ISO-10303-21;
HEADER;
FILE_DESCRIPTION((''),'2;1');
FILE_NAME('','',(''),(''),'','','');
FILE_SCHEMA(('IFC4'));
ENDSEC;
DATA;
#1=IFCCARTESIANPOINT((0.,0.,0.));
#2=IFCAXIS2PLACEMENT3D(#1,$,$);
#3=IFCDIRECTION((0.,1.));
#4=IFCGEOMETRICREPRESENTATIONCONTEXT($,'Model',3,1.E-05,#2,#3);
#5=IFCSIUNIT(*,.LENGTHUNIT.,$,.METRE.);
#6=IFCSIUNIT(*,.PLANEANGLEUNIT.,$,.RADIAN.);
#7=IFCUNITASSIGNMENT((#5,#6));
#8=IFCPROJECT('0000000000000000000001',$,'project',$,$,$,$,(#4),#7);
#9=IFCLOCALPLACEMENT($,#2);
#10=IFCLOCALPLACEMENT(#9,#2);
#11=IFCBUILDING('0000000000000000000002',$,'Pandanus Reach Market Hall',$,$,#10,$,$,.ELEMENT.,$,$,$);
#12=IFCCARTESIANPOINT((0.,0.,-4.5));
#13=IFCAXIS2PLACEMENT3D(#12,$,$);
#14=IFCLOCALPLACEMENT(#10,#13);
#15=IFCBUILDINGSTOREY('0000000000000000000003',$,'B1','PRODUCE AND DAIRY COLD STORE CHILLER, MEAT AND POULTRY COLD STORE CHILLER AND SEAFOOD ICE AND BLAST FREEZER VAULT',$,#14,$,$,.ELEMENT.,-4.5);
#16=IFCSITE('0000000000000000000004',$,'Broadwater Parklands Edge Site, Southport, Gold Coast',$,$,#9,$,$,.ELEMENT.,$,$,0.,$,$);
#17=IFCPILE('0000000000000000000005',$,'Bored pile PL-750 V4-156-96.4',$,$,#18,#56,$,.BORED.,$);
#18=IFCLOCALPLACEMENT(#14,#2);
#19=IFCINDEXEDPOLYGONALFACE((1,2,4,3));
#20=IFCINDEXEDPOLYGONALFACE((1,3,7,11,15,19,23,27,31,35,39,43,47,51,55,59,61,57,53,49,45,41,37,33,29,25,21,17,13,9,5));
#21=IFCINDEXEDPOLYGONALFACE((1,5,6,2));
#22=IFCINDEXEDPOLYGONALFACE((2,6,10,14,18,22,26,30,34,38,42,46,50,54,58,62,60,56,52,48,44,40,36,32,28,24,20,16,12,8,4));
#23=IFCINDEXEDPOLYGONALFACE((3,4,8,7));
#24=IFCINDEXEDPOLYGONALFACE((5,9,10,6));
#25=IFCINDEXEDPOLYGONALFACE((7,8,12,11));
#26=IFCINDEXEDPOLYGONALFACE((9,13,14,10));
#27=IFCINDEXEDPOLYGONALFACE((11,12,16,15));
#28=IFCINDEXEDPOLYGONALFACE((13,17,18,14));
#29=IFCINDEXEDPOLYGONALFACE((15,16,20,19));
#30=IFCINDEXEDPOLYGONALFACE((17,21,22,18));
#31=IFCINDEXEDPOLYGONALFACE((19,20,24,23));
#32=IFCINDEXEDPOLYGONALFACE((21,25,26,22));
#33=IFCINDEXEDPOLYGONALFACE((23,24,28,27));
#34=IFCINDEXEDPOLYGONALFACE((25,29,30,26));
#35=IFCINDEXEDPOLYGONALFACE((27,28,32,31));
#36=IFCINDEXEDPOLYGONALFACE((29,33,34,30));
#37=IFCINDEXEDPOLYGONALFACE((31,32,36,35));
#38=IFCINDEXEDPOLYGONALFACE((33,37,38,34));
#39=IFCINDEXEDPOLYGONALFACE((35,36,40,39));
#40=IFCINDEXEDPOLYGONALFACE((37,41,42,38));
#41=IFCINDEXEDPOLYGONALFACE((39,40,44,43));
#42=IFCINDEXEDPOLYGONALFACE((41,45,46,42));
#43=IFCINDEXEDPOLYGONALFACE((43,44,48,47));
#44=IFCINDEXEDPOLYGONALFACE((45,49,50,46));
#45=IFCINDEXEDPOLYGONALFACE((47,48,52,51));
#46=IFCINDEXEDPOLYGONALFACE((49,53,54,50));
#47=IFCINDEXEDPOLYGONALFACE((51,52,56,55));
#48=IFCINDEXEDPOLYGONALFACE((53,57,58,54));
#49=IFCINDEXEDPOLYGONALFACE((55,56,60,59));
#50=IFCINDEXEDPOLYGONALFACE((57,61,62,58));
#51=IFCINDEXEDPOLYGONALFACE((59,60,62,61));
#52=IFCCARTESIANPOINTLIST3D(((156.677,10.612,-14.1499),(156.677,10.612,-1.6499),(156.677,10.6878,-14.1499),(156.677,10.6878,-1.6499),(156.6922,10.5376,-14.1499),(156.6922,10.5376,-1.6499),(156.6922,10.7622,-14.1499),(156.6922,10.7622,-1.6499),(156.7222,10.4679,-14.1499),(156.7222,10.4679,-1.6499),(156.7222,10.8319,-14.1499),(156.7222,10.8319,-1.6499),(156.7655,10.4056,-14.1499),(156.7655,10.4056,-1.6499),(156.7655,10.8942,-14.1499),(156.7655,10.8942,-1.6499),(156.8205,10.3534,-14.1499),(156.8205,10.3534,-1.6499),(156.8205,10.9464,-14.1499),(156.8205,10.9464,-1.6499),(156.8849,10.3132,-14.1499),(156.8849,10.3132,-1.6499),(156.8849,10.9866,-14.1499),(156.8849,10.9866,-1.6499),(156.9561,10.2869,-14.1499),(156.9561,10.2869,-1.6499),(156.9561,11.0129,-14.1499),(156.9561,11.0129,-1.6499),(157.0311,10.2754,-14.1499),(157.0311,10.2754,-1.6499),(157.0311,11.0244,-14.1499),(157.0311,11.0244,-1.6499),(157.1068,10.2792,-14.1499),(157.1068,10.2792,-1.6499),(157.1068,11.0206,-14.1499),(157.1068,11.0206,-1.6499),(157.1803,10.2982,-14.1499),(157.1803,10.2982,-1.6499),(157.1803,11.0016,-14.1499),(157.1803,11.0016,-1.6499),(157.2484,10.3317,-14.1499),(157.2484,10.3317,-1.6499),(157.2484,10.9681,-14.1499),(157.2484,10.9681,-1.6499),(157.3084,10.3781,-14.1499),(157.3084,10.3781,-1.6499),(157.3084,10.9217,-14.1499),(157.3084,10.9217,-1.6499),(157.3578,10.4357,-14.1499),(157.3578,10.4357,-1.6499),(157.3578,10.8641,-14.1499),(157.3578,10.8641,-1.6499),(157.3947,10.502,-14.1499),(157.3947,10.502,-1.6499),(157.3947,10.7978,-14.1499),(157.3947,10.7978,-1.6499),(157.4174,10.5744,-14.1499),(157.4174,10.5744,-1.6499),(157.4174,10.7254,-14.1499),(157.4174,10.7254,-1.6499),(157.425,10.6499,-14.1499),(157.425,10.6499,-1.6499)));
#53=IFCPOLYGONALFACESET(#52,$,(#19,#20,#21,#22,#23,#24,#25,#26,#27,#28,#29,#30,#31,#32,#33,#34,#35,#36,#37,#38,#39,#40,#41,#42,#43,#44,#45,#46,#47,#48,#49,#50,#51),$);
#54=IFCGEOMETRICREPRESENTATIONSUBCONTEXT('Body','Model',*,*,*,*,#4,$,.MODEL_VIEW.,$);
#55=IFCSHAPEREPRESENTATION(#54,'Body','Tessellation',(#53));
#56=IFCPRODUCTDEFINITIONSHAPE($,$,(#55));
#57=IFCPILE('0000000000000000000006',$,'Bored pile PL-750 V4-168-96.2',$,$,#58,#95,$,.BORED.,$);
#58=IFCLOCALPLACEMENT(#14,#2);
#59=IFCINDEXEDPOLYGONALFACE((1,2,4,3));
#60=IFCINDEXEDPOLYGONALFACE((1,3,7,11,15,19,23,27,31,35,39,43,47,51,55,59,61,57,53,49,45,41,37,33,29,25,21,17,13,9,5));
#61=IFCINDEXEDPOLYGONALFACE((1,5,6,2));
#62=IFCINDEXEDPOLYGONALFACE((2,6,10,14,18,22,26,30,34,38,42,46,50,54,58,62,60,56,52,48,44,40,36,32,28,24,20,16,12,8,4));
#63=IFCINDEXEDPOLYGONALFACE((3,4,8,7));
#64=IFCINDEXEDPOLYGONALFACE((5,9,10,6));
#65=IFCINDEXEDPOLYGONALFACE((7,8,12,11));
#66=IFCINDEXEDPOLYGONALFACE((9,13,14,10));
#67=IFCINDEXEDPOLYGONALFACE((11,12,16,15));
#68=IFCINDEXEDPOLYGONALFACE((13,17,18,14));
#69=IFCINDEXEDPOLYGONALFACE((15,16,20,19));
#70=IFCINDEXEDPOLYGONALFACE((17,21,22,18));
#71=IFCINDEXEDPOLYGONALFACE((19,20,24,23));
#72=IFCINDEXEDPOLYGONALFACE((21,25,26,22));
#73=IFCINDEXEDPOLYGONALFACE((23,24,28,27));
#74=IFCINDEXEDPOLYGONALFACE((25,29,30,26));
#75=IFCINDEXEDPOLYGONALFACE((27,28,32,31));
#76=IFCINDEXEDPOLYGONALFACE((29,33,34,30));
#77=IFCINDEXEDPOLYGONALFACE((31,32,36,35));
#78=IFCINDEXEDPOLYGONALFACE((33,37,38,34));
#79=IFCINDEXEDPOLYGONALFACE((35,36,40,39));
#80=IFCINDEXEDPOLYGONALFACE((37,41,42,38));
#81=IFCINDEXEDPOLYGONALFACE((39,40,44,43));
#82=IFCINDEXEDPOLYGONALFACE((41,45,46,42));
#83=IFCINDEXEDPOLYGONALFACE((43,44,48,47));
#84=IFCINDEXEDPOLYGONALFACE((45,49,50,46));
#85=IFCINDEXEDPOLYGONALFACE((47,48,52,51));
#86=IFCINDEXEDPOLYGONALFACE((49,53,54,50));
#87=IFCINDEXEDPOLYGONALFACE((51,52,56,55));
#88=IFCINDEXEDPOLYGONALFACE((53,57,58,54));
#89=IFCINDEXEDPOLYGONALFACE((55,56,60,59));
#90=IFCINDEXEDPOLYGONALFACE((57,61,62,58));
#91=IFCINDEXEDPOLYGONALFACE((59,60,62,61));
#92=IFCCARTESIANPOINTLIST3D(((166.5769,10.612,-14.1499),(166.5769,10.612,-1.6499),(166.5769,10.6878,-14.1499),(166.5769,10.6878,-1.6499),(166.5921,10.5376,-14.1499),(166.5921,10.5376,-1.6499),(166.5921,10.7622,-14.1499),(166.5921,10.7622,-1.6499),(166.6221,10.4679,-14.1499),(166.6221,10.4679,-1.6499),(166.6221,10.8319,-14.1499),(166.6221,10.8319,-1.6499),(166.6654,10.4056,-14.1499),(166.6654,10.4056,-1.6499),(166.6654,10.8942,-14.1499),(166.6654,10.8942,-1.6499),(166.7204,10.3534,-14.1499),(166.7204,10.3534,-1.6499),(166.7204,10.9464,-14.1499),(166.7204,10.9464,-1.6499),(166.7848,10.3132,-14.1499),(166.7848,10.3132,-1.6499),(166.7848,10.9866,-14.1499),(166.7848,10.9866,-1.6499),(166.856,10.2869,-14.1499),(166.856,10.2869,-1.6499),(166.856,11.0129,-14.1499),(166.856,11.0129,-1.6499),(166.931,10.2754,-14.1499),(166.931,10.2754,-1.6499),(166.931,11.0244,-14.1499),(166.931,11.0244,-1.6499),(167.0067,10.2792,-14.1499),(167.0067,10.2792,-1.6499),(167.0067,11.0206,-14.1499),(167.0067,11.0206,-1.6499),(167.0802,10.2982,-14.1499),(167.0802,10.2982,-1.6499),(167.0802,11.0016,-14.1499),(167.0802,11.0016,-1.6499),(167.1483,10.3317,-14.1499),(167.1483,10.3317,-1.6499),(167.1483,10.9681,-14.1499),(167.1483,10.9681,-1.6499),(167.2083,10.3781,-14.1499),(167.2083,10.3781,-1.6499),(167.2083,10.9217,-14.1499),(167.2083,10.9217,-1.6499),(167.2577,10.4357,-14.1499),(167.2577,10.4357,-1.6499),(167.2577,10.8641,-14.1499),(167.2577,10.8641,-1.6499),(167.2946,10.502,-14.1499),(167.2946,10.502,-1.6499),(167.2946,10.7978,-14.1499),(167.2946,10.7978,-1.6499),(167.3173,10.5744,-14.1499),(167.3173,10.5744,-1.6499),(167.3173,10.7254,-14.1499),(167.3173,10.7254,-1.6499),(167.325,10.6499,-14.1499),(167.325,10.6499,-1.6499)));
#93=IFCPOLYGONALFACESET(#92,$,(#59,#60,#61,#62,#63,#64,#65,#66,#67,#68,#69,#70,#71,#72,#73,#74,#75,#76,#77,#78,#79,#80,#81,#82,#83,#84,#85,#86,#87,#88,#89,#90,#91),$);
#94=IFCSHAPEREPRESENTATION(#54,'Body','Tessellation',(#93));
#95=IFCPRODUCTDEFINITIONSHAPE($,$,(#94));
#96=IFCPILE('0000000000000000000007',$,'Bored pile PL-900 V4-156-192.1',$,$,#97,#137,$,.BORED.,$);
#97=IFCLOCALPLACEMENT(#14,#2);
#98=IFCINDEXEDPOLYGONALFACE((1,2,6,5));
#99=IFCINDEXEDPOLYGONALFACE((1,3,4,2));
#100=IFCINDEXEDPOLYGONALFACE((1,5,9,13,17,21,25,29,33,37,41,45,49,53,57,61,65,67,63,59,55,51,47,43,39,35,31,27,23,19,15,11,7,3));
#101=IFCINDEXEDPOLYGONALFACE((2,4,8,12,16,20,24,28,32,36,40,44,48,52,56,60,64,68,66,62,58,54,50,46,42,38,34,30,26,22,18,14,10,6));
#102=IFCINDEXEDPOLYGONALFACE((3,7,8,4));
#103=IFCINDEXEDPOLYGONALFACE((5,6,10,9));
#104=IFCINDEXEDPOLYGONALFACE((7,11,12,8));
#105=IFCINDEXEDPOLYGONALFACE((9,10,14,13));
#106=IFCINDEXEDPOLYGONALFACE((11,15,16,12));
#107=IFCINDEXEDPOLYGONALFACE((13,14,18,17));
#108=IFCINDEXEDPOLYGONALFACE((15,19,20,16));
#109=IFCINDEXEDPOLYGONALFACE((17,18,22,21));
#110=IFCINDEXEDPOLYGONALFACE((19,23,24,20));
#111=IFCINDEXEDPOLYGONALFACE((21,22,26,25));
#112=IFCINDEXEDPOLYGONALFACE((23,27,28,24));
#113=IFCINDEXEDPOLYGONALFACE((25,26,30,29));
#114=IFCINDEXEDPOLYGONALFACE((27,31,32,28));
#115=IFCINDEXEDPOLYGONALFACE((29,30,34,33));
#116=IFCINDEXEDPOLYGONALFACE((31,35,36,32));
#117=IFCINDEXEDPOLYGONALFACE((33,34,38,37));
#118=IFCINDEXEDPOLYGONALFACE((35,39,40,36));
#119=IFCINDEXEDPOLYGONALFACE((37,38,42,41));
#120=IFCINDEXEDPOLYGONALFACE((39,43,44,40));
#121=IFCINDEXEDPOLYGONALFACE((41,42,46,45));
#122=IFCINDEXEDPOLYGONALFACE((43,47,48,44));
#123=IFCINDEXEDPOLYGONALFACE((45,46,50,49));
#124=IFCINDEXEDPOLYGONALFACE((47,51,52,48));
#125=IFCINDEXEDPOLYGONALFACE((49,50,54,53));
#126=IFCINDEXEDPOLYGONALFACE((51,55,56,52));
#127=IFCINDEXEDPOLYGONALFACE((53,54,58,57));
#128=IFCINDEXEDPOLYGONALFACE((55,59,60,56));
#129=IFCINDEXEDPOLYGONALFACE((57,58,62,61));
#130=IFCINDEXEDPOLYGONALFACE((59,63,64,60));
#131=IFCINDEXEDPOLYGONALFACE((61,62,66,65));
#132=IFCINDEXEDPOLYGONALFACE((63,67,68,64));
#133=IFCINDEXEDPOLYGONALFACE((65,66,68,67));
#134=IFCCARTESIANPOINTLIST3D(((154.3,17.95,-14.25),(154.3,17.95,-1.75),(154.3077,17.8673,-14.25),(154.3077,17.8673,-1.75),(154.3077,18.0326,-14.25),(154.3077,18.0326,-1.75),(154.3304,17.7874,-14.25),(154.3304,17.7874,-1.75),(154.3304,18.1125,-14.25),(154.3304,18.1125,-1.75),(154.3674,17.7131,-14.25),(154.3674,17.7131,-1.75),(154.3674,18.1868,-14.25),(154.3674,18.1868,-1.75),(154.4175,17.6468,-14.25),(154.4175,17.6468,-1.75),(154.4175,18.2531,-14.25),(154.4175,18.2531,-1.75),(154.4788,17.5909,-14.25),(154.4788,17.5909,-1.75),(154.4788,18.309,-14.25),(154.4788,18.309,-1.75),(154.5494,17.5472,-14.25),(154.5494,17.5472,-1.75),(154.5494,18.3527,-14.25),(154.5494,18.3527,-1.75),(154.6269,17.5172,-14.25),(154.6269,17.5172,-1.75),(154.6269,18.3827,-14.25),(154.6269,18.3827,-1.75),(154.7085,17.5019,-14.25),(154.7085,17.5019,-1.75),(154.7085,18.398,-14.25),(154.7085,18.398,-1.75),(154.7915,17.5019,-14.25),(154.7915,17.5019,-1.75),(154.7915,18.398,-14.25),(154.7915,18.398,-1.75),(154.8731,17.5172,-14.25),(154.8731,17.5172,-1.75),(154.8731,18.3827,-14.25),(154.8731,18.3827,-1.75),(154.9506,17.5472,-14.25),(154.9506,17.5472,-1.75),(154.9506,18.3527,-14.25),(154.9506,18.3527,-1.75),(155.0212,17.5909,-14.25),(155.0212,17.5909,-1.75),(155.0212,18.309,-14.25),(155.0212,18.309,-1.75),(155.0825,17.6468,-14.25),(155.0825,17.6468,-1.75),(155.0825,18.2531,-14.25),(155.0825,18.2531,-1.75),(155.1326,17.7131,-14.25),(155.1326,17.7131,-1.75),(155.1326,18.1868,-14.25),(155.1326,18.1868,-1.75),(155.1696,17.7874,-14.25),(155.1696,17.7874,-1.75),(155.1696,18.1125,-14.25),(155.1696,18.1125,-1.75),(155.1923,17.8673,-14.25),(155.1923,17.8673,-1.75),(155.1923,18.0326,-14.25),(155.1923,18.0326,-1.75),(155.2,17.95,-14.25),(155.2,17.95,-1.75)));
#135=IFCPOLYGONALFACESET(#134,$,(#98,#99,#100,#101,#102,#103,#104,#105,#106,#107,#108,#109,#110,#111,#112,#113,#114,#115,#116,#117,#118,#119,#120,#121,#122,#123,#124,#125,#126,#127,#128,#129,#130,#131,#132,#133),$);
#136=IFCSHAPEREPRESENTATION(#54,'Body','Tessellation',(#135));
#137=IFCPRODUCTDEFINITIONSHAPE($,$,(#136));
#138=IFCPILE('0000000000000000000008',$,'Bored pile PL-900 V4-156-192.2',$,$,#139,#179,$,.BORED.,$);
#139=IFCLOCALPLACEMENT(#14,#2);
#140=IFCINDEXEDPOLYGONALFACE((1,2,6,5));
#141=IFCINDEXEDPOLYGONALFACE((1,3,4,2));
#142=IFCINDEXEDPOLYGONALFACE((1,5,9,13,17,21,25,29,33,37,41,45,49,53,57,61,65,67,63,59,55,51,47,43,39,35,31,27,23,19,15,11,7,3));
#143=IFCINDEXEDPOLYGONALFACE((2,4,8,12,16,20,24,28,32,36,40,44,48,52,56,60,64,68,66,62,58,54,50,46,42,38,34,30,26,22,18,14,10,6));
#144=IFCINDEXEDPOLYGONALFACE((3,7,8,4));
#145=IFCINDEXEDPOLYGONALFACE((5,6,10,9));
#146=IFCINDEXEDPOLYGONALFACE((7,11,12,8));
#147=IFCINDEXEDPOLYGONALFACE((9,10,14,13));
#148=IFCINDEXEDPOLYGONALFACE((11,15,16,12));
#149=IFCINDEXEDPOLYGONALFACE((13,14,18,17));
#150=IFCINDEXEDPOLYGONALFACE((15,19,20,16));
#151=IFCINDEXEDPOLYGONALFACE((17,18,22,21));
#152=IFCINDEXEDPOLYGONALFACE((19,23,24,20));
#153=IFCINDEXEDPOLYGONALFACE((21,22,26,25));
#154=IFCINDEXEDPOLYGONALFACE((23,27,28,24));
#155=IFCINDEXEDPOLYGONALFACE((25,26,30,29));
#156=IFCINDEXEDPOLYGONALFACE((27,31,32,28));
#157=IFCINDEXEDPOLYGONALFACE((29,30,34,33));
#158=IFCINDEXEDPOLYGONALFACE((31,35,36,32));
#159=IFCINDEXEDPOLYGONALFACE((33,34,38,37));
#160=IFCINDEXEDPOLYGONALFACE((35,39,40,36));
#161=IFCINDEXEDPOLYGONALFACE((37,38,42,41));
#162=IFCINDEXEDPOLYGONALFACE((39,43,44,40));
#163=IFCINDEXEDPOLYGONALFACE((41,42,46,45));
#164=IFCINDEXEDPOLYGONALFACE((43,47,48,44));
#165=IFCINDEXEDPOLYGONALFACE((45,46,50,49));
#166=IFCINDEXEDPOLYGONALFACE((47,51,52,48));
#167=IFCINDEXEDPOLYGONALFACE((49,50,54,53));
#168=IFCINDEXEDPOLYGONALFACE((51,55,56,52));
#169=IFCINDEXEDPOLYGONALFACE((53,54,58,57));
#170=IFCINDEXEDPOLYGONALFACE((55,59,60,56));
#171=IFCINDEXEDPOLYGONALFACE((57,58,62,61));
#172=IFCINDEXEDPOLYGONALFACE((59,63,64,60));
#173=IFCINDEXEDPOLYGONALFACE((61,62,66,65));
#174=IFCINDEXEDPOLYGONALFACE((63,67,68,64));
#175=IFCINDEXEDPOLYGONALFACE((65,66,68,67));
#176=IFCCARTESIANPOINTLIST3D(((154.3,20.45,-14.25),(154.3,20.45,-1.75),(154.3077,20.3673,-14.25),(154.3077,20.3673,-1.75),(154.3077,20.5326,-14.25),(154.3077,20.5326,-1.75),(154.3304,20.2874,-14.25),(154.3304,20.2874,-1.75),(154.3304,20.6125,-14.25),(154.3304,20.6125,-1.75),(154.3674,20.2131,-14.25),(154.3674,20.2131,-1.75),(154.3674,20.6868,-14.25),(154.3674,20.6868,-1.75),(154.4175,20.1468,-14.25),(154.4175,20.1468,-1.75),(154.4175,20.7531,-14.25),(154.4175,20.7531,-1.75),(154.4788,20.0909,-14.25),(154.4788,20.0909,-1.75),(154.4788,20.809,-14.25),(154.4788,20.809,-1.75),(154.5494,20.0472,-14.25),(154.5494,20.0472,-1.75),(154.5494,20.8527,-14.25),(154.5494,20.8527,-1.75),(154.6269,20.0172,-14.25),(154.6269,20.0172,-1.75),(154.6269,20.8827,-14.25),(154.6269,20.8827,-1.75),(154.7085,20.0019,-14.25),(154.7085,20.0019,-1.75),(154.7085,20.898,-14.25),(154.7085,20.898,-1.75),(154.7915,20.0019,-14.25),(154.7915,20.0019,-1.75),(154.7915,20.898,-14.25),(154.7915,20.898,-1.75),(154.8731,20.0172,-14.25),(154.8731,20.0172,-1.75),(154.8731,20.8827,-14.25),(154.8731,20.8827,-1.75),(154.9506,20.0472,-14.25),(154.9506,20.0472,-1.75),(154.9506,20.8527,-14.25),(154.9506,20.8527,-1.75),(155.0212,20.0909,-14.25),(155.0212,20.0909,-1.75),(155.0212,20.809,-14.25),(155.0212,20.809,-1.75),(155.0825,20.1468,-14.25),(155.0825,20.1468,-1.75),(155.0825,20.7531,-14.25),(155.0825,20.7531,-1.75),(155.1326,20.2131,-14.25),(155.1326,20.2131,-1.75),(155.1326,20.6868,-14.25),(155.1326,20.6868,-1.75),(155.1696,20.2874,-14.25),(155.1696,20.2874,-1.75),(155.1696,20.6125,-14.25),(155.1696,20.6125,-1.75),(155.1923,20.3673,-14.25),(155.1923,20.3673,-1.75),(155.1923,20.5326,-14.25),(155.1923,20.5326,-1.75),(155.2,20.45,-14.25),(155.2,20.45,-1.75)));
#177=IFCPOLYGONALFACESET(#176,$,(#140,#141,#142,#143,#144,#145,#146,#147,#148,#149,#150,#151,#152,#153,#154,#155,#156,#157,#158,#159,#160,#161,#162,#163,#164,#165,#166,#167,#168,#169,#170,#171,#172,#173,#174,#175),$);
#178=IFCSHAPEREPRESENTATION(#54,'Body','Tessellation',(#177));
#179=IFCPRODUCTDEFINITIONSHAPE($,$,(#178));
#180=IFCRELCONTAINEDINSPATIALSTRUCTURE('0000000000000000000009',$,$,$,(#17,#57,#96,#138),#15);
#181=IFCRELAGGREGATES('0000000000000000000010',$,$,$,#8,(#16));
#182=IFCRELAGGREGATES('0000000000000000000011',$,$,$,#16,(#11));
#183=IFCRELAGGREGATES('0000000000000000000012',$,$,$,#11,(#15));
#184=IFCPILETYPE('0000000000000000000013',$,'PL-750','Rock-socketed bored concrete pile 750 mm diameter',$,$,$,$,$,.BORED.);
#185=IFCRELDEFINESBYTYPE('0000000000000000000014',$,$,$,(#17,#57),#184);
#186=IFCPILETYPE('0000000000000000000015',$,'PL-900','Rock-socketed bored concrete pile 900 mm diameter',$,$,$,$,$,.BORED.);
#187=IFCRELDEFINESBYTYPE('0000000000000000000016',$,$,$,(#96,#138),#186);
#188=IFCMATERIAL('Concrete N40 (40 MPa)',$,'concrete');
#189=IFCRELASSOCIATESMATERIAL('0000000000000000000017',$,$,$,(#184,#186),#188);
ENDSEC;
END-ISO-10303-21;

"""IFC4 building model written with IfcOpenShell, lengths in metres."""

from ifc_helpers import new_model, si_unit, direction, frame, origin, origin_2d, place, context, subcontext, project, spatial, circle, extrude, material, material_profile, profile_set, type_object, element, save


model = new_model("IFC4")

# Units and contexts
model_context = context("Model", 3, precision=1e-05, world=origin(), true_north=direction((0.0, 1.0)))
body_context = subcontext(model_context, "Body", "Model", "MODEL_VIEW")
ifc_project = project(units=[si_unit("LENGTHUNIT", "METRE"), si_unit("PLANEANGLEUNIT", "RADIAN")], contexts=[model_context])

# Site, building, storey
site_placement = place(None, origin())
site = spatial("IfcSite", under=ifc_project, at=site_placement, Name="Broadwater Parklands Edge Site, Southport, Gold Coast", CompositionType="ELEMENT", RefElevation=0.0)
building_placement = place(site_placement, origin())
building = spatial("IfcBuilding", under=site, at=building_placement, Name="Pandanus Reach Market Hall", CompositionType="ELEMENT")
storey_placement = place(building_placement, frame((0.0, 0.0, -4.5)))
storey = spatial("IfcBuildingStorey", under=building, at=storey_placement, Name="B1", Description="PRODUCE AND DAIRY COLD STORE CHILLER, MEAT AND POULTRY COLD STORE CHILLER AND SEAFOOD ICE AND BLAST FREEZER VAULT", CompositionType="ELEMENT", Elevation=-4.5)

# Shared definitions
ifc_material_1 = material(Name="Concrete N40 (40 MPa)", Category="concrete")

# Piles
ifc_material_profile_1 = material_profile(ifc_material_1, circle(Radius=0.375, at=origin_2d()), Name="PILE-750D", Category="LoadBearing")
ifc_profile_set_1 = profile_set([ifc_material_profile_1], Name="Concrete N40 (40 MPa)")
pile_type_1 = type_object("IfcPileType", Name="PL-750", Description="Rock-socketed bored concrete pile 750 mm diameter", PredefinedType="BORED", material=ifc_profile_set_1)
for number, where, z_axis, x_axis, name in (
    (1, (157.05, 10.6499, -1.6499), (0.0, 0.0, -1.0), (1.0, 0.0, 0.0), "Bored pile PL-750 V4-156-96.4"),
    (2, (166.95, 10.6499, -1.6499), (0.0, 0.0, -1.0), (1.0, 0.0, 0.0), "Bored pile PL-750 V4-168-96.2"),
):
    element("IfcPile", number, at=place(storey_placement, frame(where, z_axis=z_axis, x_axis=x_axis)), inside=storey, type_object=pile_type_1, Name=name, PredefinedType="BORED", context=body_context, shape_type="SweptSolid", body=[
        extrude(circle(Radius=0.375, at=origin_2d()), origin(), (0.0, 0.0, 1.0), 12.5),
    ])
ifc_material_profile_2 = material_profile(ifc_material_1, circle(Radius=0.45, at=origin_2d()), Name="PILE-900D", Category="LoadBearing")
ifc_profile_set_2 = profile_set([ifc_material_profile_2], Name="Concrete N40 (40 MPa)")
pile_type_2 = type_object("IfcPileType", Name="PL-900", Description="Rock-socketed bored concrete pile 900 mm diameter", PredefinedType="BORED", material=ifc_profile_set_2)
for number, where, z_axis, x_axis, name in (
    (3, (154.75, 17.95, -1.75), (0.0, 0.0, -1.0), (1.0, 0.0, 0.0), "Bored pile PL-900 V4-156-192.1"),
    (4, (154.75, 20.45, -1.75), (0.0, 0.0, -1.0), (1.0, 0.0, 0.0), "Bored pile PL-900 V4-156-192.2"),
):
    element("IfcPile", number, at=place(storey_placement, frame(where, z_axis=z_axis, x_axis=x_axis)), inside=storey, type_object=pile_type_2, Name=name, PredefinedType="BORED", context=body_context, shape_type="SweptSolid", body=[
        extrude(circle(Radius=0.45, at=origin_2d()), origin(), (0.0, 0.0, 1.0), 12.5),
    ])

save(model, "model.ifc")
